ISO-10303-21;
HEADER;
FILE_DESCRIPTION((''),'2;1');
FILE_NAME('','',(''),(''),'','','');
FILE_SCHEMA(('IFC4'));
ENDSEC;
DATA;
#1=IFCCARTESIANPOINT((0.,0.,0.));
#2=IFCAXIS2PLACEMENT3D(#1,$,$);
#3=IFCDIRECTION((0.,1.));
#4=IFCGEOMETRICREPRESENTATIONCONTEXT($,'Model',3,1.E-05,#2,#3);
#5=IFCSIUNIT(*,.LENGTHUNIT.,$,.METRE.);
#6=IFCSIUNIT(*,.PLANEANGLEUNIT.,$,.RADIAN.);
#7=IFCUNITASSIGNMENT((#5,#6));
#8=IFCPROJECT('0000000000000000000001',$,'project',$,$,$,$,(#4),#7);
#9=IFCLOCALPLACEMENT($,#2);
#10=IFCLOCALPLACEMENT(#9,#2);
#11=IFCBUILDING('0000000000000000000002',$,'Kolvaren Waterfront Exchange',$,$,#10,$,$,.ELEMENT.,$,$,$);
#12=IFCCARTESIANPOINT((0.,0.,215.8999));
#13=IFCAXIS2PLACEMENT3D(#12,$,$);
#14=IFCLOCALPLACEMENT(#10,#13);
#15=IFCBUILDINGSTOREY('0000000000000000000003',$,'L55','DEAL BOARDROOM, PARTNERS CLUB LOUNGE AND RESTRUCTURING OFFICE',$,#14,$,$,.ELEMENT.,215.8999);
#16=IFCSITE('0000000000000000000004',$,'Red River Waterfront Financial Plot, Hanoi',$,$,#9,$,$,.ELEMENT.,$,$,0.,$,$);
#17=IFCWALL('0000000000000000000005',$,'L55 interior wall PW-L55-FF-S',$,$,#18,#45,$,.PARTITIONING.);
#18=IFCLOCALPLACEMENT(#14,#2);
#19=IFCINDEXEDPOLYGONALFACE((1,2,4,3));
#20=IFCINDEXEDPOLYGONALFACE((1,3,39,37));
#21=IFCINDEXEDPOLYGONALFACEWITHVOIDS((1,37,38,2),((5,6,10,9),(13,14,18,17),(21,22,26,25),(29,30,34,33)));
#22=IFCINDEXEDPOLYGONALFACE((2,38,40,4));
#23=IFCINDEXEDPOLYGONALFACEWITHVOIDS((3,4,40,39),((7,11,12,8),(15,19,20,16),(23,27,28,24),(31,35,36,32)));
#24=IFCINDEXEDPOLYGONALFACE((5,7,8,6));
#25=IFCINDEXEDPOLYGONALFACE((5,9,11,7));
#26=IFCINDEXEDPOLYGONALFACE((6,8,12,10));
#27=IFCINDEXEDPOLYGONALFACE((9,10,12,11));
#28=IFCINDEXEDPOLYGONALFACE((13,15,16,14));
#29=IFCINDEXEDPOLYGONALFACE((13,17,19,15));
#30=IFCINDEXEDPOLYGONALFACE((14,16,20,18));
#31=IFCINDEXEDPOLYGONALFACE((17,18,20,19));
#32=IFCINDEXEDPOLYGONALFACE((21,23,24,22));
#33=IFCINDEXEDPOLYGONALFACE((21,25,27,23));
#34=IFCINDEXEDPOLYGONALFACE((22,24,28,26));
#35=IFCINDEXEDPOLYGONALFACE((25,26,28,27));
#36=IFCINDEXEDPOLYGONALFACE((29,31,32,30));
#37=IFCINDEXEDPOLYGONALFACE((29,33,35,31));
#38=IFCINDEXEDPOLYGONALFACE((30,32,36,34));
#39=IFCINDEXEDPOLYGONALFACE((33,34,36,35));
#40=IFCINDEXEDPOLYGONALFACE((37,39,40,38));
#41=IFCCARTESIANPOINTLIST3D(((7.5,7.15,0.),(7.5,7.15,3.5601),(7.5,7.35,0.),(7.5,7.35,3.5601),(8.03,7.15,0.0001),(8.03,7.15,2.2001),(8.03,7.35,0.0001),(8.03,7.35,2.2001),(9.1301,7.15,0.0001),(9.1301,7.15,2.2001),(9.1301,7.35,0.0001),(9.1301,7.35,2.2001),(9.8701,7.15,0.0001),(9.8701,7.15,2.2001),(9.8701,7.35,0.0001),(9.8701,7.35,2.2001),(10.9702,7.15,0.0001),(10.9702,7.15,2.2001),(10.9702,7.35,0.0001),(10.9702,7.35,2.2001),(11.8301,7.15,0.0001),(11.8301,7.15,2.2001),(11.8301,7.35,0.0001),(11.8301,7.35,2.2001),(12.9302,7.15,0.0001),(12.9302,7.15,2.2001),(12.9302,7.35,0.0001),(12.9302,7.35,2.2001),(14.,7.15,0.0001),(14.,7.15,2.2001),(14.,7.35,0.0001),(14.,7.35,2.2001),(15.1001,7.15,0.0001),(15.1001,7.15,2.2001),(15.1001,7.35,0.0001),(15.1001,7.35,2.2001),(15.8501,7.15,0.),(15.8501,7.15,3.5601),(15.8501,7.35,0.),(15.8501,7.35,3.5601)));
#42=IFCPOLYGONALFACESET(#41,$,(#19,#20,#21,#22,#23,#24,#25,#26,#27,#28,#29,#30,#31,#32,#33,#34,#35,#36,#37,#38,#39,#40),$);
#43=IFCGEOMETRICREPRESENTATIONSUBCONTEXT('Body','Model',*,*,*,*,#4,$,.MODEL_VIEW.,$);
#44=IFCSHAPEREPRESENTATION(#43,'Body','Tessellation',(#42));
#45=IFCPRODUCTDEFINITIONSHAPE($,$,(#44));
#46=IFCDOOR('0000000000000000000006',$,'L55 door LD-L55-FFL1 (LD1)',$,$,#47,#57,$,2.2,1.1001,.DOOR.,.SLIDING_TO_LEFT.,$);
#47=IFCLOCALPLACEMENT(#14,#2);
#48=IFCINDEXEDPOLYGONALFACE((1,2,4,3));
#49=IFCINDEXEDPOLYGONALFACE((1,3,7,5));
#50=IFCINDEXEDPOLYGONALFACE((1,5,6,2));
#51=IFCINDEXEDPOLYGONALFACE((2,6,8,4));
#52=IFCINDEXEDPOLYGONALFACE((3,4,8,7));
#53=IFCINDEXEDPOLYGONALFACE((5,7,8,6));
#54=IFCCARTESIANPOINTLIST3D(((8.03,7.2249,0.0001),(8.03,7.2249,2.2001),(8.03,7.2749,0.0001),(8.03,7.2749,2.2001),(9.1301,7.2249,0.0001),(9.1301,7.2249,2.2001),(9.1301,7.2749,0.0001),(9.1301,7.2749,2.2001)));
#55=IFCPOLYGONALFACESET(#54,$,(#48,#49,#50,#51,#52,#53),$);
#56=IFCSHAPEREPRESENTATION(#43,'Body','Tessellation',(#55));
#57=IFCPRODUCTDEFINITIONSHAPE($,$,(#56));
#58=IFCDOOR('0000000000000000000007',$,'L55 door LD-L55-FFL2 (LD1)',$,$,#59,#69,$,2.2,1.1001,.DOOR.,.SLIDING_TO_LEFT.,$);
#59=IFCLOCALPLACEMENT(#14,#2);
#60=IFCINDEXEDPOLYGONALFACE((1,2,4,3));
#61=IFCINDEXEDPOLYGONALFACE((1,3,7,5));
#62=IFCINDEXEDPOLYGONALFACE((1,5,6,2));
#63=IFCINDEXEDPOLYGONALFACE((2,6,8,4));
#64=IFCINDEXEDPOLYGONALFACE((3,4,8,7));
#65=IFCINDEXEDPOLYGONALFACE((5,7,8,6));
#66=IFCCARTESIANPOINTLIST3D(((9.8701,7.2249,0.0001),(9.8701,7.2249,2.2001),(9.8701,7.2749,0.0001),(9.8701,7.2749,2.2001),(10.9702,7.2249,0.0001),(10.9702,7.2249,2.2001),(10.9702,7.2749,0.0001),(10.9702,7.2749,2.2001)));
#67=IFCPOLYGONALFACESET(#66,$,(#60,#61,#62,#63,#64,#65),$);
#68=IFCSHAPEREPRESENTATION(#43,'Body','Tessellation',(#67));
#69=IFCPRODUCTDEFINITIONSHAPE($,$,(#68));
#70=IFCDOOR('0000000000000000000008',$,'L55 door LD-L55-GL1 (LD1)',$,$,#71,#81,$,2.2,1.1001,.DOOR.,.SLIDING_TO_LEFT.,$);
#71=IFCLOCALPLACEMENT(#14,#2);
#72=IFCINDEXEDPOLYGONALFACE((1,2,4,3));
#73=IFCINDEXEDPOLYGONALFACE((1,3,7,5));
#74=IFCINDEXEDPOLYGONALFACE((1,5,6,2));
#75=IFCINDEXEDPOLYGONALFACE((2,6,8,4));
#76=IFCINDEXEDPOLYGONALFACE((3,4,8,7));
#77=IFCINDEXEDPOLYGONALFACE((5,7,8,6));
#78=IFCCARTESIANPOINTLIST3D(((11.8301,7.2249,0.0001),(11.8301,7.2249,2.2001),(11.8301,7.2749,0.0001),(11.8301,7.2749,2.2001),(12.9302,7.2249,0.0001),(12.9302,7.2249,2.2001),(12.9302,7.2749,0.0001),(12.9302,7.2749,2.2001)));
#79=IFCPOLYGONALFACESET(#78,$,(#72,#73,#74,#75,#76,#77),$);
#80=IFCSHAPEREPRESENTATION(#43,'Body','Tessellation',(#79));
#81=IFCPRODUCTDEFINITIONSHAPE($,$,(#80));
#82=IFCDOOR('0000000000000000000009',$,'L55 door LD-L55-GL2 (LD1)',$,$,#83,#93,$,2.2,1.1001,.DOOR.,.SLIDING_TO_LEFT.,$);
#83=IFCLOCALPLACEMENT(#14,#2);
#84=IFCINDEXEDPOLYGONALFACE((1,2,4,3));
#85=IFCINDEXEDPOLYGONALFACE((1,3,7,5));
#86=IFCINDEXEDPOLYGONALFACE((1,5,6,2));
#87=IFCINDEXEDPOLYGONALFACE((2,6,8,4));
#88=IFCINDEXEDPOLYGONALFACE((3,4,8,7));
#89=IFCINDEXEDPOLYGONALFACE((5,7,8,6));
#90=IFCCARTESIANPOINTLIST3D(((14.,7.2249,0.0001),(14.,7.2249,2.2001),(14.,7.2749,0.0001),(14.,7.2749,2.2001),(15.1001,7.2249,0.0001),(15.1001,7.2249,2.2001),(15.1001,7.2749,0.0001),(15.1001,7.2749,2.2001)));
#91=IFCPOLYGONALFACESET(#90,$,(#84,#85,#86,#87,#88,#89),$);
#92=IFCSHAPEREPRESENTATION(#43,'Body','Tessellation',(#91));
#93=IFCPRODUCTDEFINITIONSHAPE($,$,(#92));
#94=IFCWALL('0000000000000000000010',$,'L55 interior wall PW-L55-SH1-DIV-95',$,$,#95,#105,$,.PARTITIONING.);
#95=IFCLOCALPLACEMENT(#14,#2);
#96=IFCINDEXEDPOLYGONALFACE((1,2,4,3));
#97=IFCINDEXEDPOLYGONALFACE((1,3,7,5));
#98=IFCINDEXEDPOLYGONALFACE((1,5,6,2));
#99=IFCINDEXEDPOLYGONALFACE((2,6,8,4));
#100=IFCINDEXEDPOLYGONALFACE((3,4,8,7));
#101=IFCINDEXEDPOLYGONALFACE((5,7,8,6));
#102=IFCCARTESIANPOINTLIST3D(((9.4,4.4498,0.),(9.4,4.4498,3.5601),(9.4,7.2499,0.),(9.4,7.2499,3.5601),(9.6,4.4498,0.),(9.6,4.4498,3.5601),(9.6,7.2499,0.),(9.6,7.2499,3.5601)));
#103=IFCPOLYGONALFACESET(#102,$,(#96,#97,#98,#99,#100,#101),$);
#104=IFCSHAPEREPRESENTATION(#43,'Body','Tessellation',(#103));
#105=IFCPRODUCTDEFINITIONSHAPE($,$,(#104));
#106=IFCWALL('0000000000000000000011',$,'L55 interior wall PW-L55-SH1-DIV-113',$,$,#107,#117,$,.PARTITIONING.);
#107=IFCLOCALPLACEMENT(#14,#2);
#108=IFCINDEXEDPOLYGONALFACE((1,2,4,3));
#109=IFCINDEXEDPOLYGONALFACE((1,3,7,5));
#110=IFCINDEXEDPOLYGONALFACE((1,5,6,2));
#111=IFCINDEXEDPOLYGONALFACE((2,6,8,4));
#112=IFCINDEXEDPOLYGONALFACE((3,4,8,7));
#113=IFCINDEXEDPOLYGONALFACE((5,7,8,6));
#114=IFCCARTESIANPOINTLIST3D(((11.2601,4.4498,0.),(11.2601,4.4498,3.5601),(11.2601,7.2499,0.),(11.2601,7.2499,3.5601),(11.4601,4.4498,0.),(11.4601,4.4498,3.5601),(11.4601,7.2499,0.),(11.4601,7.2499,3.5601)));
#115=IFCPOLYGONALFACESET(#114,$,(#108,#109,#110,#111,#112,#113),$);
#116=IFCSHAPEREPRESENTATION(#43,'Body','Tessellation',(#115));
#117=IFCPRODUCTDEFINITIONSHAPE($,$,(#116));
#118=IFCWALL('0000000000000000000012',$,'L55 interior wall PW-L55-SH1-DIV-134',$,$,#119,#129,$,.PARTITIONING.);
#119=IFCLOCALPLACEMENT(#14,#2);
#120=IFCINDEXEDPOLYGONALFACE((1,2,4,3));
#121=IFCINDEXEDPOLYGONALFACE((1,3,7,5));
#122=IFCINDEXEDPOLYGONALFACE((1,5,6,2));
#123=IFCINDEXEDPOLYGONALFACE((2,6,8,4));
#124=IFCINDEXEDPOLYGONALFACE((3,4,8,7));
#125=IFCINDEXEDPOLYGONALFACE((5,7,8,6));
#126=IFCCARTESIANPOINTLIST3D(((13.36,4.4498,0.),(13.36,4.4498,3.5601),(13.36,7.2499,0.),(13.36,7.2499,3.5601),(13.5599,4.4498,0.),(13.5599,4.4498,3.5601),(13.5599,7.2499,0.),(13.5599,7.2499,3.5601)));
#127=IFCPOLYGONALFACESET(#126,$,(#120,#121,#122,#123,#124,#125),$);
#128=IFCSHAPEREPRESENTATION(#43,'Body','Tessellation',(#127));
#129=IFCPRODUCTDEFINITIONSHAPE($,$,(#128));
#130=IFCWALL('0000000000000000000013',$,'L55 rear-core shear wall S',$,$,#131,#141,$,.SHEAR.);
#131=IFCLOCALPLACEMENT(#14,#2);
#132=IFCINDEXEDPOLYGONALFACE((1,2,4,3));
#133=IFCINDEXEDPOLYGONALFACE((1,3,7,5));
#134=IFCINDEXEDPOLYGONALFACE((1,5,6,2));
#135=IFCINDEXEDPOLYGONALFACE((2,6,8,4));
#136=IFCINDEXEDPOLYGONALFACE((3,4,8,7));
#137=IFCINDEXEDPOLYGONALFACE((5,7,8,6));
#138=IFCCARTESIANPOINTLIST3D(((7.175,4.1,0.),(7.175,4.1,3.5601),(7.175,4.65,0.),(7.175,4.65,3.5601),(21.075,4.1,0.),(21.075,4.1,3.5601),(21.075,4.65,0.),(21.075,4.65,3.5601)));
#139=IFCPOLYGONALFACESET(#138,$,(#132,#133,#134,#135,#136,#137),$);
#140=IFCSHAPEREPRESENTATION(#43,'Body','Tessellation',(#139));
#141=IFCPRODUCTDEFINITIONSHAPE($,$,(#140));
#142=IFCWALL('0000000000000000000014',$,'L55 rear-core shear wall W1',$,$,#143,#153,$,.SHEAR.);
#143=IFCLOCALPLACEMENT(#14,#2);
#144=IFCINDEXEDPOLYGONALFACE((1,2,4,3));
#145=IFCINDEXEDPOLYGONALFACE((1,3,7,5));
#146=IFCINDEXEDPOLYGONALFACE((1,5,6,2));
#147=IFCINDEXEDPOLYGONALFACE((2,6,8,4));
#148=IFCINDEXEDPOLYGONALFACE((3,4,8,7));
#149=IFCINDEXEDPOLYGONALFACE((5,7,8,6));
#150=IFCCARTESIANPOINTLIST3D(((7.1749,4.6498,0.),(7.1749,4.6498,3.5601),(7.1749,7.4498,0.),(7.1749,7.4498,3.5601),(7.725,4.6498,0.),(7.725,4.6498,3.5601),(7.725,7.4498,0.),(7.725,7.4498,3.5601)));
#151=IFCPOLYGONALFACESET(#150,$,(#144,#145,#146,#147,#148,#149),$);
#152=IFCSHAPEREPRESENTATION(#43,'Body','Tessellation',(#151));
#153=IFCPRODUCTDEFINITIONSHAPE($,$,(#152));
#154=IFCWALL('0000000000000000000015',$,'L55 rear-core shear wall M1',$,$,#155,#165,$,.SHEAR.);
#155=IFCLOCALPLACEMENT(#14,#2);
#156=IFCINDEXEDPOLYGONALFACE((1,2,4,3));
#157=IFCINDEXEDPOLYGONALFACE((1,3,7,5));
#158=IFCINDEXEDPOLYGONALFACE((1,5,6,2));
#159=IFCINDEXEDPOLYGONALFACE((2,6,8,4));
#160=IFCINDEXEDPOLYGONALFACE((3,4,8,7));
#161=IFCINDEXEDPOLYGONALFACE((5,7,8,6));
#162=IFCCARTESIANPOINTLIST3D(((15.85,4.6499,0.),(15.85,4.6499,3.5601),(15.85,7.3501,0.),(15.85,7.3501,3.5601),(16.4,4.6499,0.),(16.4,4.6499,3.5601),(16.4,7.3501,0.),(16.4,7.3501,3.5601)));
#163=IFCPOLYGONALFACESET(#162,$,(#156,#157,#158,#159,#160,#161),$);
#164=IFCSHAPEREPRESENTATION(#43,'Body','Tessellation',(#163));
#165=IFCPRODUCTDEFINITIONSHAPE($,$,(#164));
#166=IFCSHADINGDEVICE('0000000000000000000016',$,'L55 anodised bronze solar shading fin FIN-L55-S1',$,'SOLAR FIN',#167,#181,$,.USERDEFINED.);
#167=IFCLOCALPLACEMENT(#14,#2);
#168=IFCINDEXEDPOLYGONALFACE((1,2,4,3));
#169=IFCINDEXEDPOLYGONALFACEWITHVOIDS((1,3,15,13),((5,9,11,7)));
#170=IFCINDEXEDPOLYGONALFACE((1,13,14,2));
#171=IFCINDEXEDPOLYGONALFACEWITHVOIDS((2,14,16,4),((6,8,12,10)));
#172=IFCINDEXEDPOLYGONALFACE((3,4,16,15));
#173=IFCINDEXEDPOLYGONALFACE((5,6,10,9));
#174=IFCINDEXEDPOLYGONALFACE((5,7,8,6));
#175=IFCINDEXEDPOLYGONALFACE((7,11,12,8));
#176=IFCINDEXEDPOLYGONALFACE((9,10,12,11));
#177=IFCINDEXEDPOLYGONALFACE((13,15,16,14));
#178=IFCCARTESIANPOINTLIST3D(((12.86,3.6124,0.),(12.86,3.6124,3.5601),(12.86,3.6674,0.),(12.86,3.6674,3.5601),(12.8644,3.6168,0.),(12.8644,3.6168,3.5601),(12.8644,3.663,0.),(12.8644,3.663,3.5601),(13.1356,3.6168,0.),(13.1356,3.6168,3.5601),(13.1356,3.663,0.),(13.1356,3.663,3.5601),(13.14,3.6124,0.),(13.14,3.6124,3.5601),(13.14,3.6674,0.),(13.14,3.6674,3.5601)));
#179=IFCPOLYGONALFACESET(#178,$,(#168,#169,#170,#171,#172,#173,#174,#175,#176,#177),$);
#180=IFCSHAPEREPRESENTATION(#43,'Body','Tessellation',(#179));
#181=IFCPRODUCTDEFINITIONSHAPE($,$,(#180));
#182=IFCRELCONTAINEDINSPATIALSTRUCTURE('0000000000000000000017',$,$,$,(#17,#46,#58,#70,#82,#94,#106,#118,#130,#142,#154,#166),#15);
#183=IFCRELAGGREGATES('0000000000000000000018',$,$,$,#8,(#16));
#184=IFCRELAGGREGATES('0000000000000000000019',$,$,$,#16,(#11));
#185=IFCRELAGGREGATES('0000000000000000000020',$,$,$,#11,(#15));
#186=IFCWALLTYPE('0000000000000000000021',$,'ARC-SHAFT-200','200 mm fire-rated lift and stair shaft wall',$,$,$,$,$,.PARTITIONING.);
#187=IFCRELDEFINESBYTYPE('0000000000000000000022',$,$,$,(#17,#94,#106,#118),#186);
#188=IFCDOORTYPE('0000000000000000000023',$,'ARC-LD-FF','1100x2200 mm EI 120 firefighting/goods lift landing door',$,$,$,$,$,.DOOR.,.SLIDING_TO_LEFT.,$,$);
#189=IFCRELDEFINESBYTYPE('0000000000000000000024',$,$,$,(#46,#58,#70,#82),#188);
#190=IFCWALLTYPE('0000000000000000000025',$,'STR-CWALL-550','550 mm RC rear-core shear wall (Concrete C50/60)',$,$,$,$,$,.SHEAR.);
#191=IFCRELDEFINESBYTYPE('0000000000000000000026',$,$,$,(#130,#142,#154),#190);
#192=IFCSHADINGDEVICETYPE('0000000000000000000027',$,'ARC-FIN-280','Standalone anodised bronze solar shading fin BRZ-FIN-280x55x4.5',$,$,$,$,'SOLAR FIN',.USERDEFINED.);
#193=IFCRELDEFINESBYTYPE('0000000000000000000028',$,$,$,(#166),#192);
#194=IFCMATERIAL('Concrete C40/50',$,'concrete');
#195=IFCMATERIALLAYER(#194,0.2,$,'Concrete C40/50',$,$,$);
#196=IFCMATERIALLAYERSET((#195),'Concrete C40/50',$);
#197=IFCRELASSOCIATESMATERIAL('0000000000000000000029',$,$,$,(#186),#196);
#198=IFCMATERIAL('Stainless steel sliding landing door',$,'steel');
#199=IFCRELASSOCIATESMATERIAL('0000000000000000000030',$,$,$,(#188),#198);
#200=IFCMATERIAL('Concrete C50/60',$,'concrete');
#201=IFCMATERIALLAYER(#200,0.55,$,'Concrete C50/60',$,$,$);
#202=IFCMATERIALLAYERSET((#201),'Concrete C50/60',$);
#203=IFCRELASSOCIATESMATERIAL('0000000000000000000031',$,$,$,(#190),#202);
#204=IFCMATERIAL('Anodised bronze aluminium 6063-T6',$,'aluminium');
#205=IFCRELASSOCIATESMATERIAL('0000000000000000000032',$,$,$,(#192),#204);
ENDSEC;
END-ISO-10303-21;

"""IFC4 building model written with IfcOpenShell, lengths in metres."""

from ifc_helpers import new_model, si_unit, direction, frame, frame_2d, origin, origin_2d, place, context, subcontext, project, spatial, rectangle, hollow_rectangle, extrude, material, layer, layer_set, material_profile, profile_set, type_object, element, fill, save


model = new_model("IFC4")

# Units and contexts
model_context = context("Model", 3, precision=1e-05, world=origin(), true_north=direction((0.0, 1.0)))
body_context = subcontext(model_context, "Body", "Model", "MODEL_VIEW")
ifc_project = project(units=[si_unit("LENGTHUNIT", "METRE"), si_unit("PLANEANGLEUNIT", "RADIAN")], contexts=[model_context])

# Site, building, storey
site_placement = place(None, origin())
site = spatial("IfcSite", under=ifc_project, at=site_placement, Name="Red River Waterfront Financial Plot, Hanoi", CompositionType="ELEMENT", RefElevation=0.0)
building_placement = place(site_placement, origin())
building = spatial("IfcBuilding", under=site, at=building_placement, Name="Kolvaren Waterfront Exchange", CompositionType="ELEMENT")
storey_placement = place(building_placement, frame((0.0, 0.0, 215.8999)))
storey = spatial("IfcBuildingStorey", under=building, at=storey_placement, Name="L55", Description="DEAL BOARDROOM, PARTNERS CLUB LOUNGE AND RESTRUCTURING OFFICE", CompositionType="ELEMENT", Elevation=215.8999)

# Shared definitions
ifc_material_1 = material(Name="Concrete C50/60", Category="concrete")

# Shared definitions
ifc_material_2 = material(Name="Anodised bronze aluminium 6063-T6", Category="aluminium")

# Shared definitions
ifc_material_3 = material(Name="Concrete C40/50", Category="concrete")
ifc_layer_1 = layer(ifc_material_3, 0.2, Name="Concrete C40/50")
ifc_layer_set_1 = layer_set([ifc_layer_1], Name="Concrete C40/50")
wall_type_1 = type_object("IfcWallType", Name="ARC-SHAFT-200", Description="200 mm fire-rated lift and stair shaft wall", PredefinedType="PARTITIONING", material=ifc_layer_set_1)

# Wall, openings, doors
wall_1_placement = place(storey_placement, frame((7.5, 7.25, 0.0), z_axis=(0.0, 0.0, 1.0), x_axis=(1.0, 0.0, 0.0)))
wall_1 = element("IfcWall", 1, at=wall_1_placement, inside=storey, type_object=wall_type_1, Name="L55 interior wall PW-L55-FF-S", PredefinedType="PARTITIONING", context=body_context, shape_type="SweptSolid", body=[
    extrude(rectangle(XDim=8.3501, YDim=0.2, at=frame_2d((4.175, 0.0))), origin(), (0.0, 0.0, 1.0), 3.5601),
])
opening_1_placement = place(wall_1_placement, frame((0.53, 0.0, 0.0)))
opening_1 = element("IfcOpeningElement", 2, at=opening_1_placement, cuts=wall_1, PredefinedType="OPENING", context=body_context, shape_type="SweptSolid", body=[
    extrude(rectangle(XDim=1.1001, YDim=2.2, at=frame_2d((0.55, 1.1001))), frame((0.0, 0.1099, 0.0), z_axis=(0.0, -1.0, 0.0), x_axis=(1.0, 0.0, 0.0)), (0.0, 0.0, 1.0), 0.22),
])
opening_2_placement = place(wall_1_placement, frame((2.3701, 0.0, 0.0)))
opening_2 = element("IfcOpeningElement", 3, at=opening_2_placement, cuts=wall_1, PredefinedType="OPENING", context=body_context, shape_type="SweptSolid", body=[
    extrude(rectangle(XDim=1.1001, YDim=2.2, at=frame_2d((0.55, 1.1001))), frame((0.0, 0.1099, 0.0), z_axis=(0.0, -1.0, 0.0), x_axis=(1.0, 0.0, 0.0)), (0.0, 0.0, 1.0), 0.22),
])
opening_3_placement = place(wall_1_placement, frame((4.3301, 0.0, 0.0)))
opening_3 = element("IfcOpeningElement", 4, at=opening_3_placement, cuts=wall_1, PredefinedType="OPENING", context=body_context, shape_type="SweptSolid", body=[
    extrude(rectangle(XDim=1.1001, YDim=2.2, at=frame_2d((0.55, 1.1001))), frame((0.0, 0.1099, 0.0), z_axis=(0.0, -1.0, 0.0), x_axis=(1.0, 0.0, 0.0)), (0.0, 0.0, 1.0), 0.22),
])
opening_4_placement = place(wall_1_placement, frame((6.5, 0.0, 0.0)))
opening_4 = element("IfcOpeningElement", 5, at=opening_4_placement, cuts=wall_1, PredefinedType="OPENING", context=body_context, shape_type="SweptSolid", body=[
    extrude(rectangle(XDim=1.1001, YDim=2.2, at=frame_2d((0.55, 1.1001))), frame((0.0, 0.1099, 0.0), z_axis=(0.0, -1.0, 0.0), x_axis=(1.0, 0.0, 0.0)), (0.0, 0.0, 1.0), 0.22),
])
ifc_material_4 = material(Name="Stainless steel sliding landing door", Category="steel")
door_type = type_object("IfcDoorType", Name="ARC-LD-FF", Description="1100x2200 mm EI 120 firefighting/goods lift landing door", OperationType="SLIDING_TO_LEFT", PredefinedType="DOOR", material=ifc_material_4)
door_1_placement = place(opening_1_placement, origin())
door_1 = element("IfcDoor", 6, at=door_1_placement, inside=storey, type_object=door_type, Name="L55 door LD-L55-FFL1 (LD1)", OperationType="SLIDING_TO_LEFT", OverallHeight=2.2, OverallWidth=1.1001, PredefinedType="DOOR", context=body_context, shape_type="SweptSolid", body=[
    extrude(rectangle(XDim=1.1001, YDim=2.2, at=frame_2d((0.55, 1.1001))), frame((0.0, 0.0249, 0.0), z_axis=(0.0, -1.0, 0.0), x_axis=(1.0, 0.0, 0.0)), (0.0, 0.0, 1.0), 0.05),
])
fill(opening_1, door_1)
door_2_placement = place(opening_2_placement, origin())
door_2 = element("IfcDoor", 7, at=door_2_placement, inside=storey, type_object=door_type, Name="L55 door LD-L55-FFL2 (LD1)", OperationType="SLIDING_TO_LEFT", OverallHeight=2.2, OverallWidth=1.1001, PredefinedType="DOOR", context=body_context, shape_type="SweptSolid", body=[
    extrude(rectangle(XDim=1.1001, YDim=2.2, at=frame_2d((0.55, 1.1001))), frame((0.0, 0.0249, 0.0), z_axis=(0.0, -1.0, 0.0), x_axis=(1.0, 0.0, 0.0)), (0.0, 0.0, 1.0), 0.05),
])
fill(opening_2, door_2)
door_3_placement = place(opening_3_placement, origin())
door_3 = element("IfcDoor", 8, at=door_3_placement, inside=storey, type_object=door_type, Name="L55 door LD-L55-GL1 (LD1)", OperationType="SLIDING_TO_LEFT", OverallHeight=2.2, OverallWidth=1.1001, PredefinedType="DOOR", context=body_context, shape_type="SweptSolid", body=[
    extrude(rectangle(XDim=1.1001, YDim=2.2, at=frame_2d((0.55, 1.1001))), frame((0.0, 0.0249, 0.0), z_axis=(0.0, -1.0, 0.0), x_axis=(1.0, 0.0, 0.0)), (0.0, 0.0, 1.0), 0.05),
])
fill(opening_3, door_3)
door_4_placement = place(opening_4_placement, origin())
door_4 = element("IfcDoor", 9, at=door_4_placement, inside=storey, type_object=door_type, Name="L55 door LD-L55-GL2 (LD1)", OperationType="SLIDING_TO_LEFT", OverallHeight=2.2, OverallWidth=1.1001, PredefinedType="DOOR", context=body_context, shape_type="SweptSolid", body=[
    extrude(rectangle(XDim=1.1001, YDim=2.2, at=frame_2d((0.55, 1.1001))), frame((0.0, 0.0249, 0.0), z_axis=(0.0, -1.0, 0.0), x_axis=(1.0, 0.0, 0.0)), (0.0, 0.0, 1.0), 0.05),
])
fill(opening_4, door_4)

# Walls
for number, where, z_axis, x_axis, name in (
    (10, (9.5, 4.45, 0.0), (0.0, 0.0, 1.0), (0.0, 1.0, 0.0), "L55 interior wall PW-L55-SH1-DIV-95"),
    (11, (11.3601, 4.45, 0.0), (0.0, 0.0, 1.0), (0.0, 1.0, 0.0), "L55 interior wall PW-L55-SH1-DIV-113"),
    (12, (13.46, 4.45, 0.0), (0.0, 0.0, 1.0), (0.0, 1.0, 0.0), "L55 interior wall PW-L55-SH1-DIV-134"),
):
    element("IfcWall", number, at=place(storey_placement, frame(where, z_axis=z_axis, x_axis=x_axis)), inside=storey, type_object=wall_type_1, Name=name, PredefinedType="PARTITIONING", context=body_context, shape_type="SweptSolid", body=[
        extrude(rectangle(XDim=2.8, YDim=0.2, at=frame_2d((1.3999, 0.0))), origin(), (0.0, 0.0, 1.0), 3.5601),
    ])
ifc_layer_2 = layer(ifc_material_1, 0.55, Name="Concrete C50/60")
ifc_layer_set_2 = layer_set([ifc_layer_2], Name="Concrete C50/60")
wall_type_2 = type_object("IfcWallType", Name="STR-CWALL-550", Description="550 mm RC rear-core shear wall (Concrete C50/60)", PredefinedType="SHEAR", material=ifc_layer_set_2)
wall_2_placement = place(storey_placement, frame((7.175, 4.375, 0.0), z_axis=(0.0, 0.0, 1.0), x_axis=(1.0, 0.0, 0.0)))
element("IfcWall", 13, at=wall_2_placement, inside=storey, type_object=wall_type_2, Name="L55 rear-core shear wall S", PredefinedType="SHEAR", context=body_context, shape_type="SweptSolid", body=[
    extrude(rectangle(XDim=13.8999, YDim=0.55, at=frame_2d((6.95, 0.0))), origin(), (0.0, 0.0, 1.0), 3.5601),
])
wall_3_placement = place(storey_placement, frame((7.45, 4.6499, 0.0), z_axis=(0.0, 0.0, 1.0), x_axis=(0.0, 1.0, 0.0)))
element("IfcWall", 14, at=wall_3_placement, inside=storey, type_object=wall_type_2, Name="L55 rear-core shear wall W1", PredefinedType="SHEAR", context=body_context, shape_type="SweptSolid", body=[
    extrude(rectangle(XDim=2.8, YDim=0.55, at=frame_2d((1.3999, 0.0))), origin(), (0.0, 0.0, 1.0), 3.5601),
])
wall_4_placement = place(storey_placement, frame((16.125, 4.6499, 0.0), z_axis=(0.0, 0.0, 1.0), x_axis=(0.0, 1.0, 0.0)))
element("IfcWall", 15, at=wall_4_placement, inside=storey, type_object=wall_type_2, Name="L55 rear-core shear wall M1", PredefinedType="SHEAR", context=body_context, shape_type="SweptSolid", body=[
    extrude(rectangle(XDim=2.7002, YDim=0.55, at=frame_2d((1.3501, 0.0))), origin(), (0.0, 0.0, 1.0), 3.5601),
])

# Shading device
ifc_material_profile_1 = material_profile(ifc_material_2, hollow_rectangle(XDim=0.0549, YDim=0.28, WallThickness=0.0044, at=origin_2d()), Name="BRZ-FIN-280x55x4.5")
ifc_profile_set_1 = profile_set([ifc_material_profile_1], Name="Anodised bronze aluminium 6063-T6")
shading_device_type = type_object("IfcShadingDeviceType", Name="ARC-FIN-280", Description="Standalone anodised bronze solar shading fin BRZ-FIN-280x55x4.5", ElementType="SOLAR FIN", PredefinedType="USERDEFINED", material=ifc_profile_set_1)
shading_device_placement = place(storey_placement, frame((13.0, 3.6399, 0.0), z_axis=(0.0, 0.0, 1.0), x_axis=(0.0, -1.0, 0.0)))
element("IfcShadingDevice", 16, at=shading_device_placement, inside=storey, type_object=shading_device_type, Name="L55 anodised bronze solar shading fin FIN-L55-S1", ObjectType="SOLAR FIN", PredefinedType="USERDEFINED", context=body_context, shape_type="SweptSolid", body=[
    extrude(hollow_rectangle(XDim=0.0549, YDim=0.28, WallThickness=0.0044, at=origin_2d()), origin(), (0.0, 0.0, 1.0), 3.5601),
])

save(model, "model.ifc")
